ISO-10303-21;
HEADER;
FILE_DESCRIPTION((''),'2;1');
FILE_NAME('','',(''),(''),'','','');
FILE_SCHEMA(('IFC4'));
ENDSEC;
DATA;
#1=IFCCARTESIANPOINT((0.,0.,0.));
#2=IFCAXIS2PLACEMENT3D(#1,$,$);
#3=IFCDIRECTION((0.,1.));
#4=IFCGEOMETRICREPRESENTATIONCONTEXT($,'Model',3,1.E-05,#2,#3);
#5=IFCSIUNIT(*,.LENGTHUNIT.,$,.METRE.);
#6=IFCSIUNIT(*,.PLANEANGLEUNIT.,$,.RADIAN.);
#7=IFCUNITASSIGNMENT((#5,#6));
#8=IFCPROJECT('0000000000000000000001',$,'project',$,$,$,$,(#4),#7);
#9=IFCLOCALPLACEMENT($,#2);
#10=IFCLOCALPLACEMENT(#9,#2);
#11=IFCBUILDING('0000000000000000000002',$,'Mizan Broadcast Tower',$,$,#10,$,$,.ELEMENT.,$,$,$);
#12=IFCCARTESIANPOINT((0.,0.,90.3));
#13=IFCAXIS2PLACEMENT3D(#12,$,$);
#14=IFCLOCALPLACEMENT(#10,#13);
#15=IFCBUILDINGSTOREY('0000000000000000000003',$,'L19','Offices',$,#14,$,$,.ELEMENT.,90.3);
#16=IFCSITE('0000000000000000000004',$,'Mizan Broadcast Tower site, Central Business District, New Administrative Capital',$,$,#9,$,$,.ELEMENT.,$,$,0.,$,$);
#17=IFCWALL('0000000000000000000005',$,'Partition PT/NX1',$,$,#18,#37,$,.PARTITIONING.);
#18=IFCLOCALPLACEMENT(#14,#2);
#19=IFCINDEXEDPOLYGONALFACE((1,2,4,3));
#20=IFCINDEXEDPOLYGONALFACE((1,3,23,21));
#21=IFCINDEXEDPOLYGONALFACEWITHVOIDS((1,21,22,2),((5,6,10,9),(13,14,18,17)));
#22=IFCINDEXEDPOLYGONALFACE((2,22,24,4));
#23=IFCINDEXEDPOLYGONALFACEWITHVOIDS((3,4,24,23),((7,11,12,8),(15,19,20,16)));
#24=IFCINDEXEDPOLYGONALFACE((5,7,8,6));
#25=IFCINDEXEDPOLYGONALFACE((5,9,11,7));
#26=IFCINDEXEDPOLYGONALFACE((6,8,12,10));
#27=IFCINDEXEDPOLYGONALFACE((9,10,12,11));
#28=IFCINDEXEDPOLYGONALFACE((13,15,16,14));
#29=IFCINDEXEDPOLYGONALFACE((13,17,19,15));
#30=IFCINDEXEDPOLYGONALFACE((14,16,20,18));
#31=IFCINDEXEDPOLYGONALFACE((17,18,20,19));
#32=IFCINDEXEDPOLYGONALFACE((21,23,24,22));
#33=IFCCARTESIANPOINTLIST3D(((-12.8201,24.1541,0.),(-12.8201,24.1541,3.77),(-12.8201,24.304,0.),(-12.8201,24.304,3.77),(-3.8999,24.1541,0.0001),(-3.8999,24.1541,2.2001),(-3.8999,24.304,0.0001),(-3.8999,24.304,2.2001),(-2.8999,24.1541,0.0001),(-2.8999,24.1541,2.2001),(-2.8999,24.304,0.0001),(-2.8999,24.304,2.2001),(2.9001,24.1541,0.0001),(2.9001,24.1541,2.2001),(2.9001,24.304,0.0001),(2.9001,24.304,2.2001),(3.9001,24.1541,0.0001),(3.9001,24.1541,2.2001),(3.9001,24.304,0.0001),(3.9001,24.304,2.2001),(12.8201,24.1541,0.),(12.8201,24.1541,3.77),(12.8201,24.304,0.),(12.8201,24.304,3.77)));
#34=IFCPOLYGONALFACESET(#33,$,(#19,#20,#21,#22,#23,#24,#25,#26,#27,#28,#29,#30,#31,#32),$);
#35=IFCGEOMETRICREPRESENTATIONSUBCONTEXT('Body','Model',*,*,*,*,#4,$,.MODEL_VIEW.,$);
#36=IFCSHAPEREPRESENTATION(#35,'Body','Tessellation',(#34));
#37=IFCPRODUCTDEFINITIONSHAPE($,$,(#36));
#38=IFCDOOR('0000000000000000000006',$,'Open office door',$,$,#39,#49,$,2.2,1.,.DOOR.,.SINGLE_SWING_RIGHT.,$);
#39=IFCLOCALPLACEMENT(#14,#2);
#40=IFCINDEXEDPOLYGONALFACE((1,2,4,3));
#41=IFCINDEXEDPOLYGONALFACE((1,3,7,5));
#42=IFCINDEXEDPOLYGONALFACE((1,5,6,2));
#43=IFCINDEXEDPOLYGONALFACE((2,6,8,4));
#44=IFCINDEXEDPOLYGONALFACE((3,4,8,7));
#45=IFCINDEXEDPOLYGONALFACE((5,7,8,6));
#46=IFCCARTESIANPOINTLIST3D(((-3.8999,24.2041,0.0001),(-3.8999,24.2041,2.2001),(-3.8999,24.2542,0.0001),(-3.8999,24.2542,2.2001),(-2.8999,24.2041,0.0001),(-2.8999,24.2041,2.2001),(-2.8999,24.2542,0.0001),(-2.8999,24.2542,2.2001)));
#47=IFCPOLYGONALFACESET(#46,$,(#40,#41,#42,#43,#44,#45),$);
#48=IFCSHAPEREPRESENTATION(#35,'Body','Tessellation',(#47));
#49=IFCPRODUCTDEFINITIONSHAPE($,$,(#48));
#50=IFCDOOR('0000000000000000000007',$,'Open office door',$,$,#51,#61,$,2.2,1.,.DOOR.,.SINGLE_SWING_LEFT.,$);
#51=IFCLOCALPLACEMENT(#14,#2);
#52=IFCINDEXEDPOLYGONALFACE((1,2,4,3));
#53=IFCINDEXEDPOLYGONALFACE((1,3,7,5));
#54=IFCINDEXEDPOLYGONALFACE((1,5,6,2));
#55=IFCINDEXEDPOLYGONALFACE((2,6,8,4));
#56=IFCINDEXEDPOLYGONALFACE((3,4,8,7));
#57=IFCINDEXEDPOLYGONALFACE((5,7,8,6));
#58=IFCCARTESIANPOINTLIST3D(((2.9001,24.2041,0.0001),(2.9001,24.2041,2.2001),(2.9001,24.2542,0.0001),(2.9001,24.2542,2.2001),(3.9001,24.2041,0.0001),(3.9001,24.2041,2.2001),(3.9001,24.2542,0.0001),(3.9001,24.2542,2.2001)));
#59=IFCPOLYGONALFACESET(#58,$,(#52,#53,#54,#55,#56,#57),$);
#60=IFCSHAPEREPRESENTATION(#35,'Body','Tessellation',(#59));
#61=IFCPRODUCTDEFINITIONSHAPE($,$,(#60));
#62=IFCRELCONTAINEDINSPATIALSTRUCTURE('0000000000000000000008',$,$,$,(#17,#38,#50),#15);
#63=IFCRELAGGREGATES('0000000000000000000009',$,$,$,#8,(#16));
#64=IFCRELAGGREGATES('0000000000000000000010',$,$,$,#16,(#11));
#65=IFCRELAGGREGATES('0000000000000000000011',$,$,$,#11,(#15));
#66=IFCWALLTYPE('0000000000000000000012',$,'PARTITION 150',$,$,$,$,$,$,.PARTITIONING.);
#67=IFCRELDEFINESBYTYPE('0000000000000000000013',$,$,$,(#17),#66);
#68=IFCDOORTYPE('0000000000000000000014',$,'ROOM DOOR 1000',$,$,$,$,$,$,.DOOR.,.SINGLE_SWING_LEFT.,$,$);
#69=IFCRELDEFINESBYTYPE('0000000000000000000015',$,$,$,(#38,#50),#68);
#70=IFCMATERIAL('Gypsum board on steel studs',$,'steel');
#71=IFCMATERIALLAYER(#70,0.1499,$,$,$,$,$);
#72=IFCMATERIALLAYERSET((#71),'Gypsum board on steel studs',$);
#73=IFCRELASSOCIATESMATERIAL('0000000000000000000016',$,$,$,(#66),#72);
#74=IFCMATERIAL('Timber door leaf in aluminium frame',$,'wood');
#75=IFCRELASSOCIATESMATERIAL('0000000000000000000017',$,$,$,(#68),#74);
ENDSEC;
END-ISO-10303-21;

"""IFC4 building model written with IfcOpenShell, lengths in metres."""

from ifc_helpers import new_model, si_unit, direction, frame, frame_2d, origin, place, context, subcontext, project, spatial, rectangle, extrude, material, layer, layer_set, type_object, element, fill, save


model = new_model("IFC4")

# Units and contexts
model_context = context("Model", 3, precision=1e-05, world=origin(), true_north=direction((0.0, 1.0)))
body_context = subcontext(model_context, "Body", "Model", "MODEL_VIEW")
ifc_project = project(units=[si_unit("LENGTHUNIT", "METRE"), si_unit("PLANEANGLEUNIT", "RADIAN")], contexts=[model_context])

# Site, building, storey
site_placement = place(None, origin())
site = spatial("IfcSite", under=ifc_project, at=site_placement, Name="Mizan Broadcast Tower site, Central Business District, New Administrative Capital", CompositionType="ELEMENT", RefElevation=0.0)
building_placement = place(site_placement, origin())
building = spatial("IfcBuilding", under=site, at=building_placement, Name="Mizan Broadcast Tower", CompositionType="ELEMENT")
storey_placement = place(building_placement, frame((0.0, 0.0, 90.3)))
storey = spatial("IfcBuildingStorey", under=building, at=storey_placement, Name="L19", Description="Offices", CompositionType="ELEMENT", Elevation=90.3)

# Wall, openings, doors
ifc_material_1 = material(Name="Gypsum board on steel studs", Category="steel")
ifc_layer_1 = layer(ifc_material_1, 0.1499)
ifc_layer_set_1 = layer_set([ifc_layer_1], Name="Gypsum board on steel studs")
wall_type_1 = type_object("IfcWallType", Name="PARTITION 150", PredefinedType="PARTITIONING", material=ifc_layer_set_1)
wall_1_placement = place(storey_placement, frame((12.8201, 24.229, 0.0), z_axis=(0.0, 0.0, 1.0), x_axis=(-1.0, 0.0, 0.0)))
wall_1 = element("IfcWall", 1, at=wall_1_placement, inside=storey, type_object=wall_type_1, Name="Partition PT/NX1", PredefinedType="PARTITIONING", context=body_context, shape_type="SweptSolid", body=[
    extrude(rectangle(XDim=25.6401, YDim=0.1499, at=frame_2d((12.8201, 0.0))), origin(), (0.0, 0.0, 1.0), 3.77),
])
opening_1_placement = place(wall_1_placement, frame((15.72, 0.0, 0.0)))
opening_1 = element("IfcOpeningElement", 2, at=opening_1_placement, cuts=wall_1, PredefinedType="OPENING", context=body_context, shape_type="SweptSolid", body=[
    extrude(rectangle(XDim=1.0, YDim=2.2, at=frame_2d((0.5, 1.1001))), frame((0.0, 0.085, 0.0), z_axis=(0.0, -1.0, 0.0), x_axis=(1.0, 0.0, 0.0)), (0.0, 0.0, 1.0), 0.1699),
])
opening_2_placement = place(wall_1_placement, frame((8.9199, 0.0, 0.0)))
opening_2 = element("IfcOpeningElement", 3, at=opening_2_placement, cuts=wall_1, PredefinedType="OPENING", context=body_context, shape_type="SweptSolid", body=[
    extrude(rectangle(XDim=1.0, YDim=2.2, at=frame_2d((0.5, 1.1001))), frame((0.0, 0.085, 0.0), z_axis=(0.0, -1.0, 0.0), x_axis=(1.0, 0.0, 0.0)), (0.0, 0.0, 1.0), 0.1699),
])
ifc_material_2 = material(Name="Timber door leaf in aluminium frame", Category="wood")
door_type = type_object("IfcDoorType", Name="ROOM DOOR 1000", OperationType="SINGLE_SWING_LEFT", PredefinedType="DOOR", material=ifc_material_2)
door_1_placement = place(opening_1_placement, origin())
door_1 = element("IfcDoor", 4, at=door_1_placement, inside=storey, type_object=door_type, Name="Open office door", OperationType="SINGLE_SWING_RIGHT", OverallHeight=2.2, OverallWidth=1.0, PredefinedType="DOOR", context=body_context, shape_type="SweptSolid", body=[
    extrude(rectangle(XDim=1.0, YDim=2.2, at=frame_2d((0.5, 1.1001))), frame((0.0, 0.0249, 0.0), z_axis=(0.0, -1.0, 0.0), x_axis=(1.0, 0.0, 0.0)), (0.0, 0.0, 1.0), 0.05),
])
fill(opening_1, door_1)
door_2_placement = place(opening_2_placement, origin())
door_2 = element("IfcDoor", 5, at=door_2_placement, inside=storey, type_object=door_type, Name="Open office door", OperationType="SINGLE_SWING_LEFT", OverallHeight=2.2, OverallWidth=1.0, PredefinedType="DOOR", context=body_context, shape_type="SweptSolid", body=[
    extrude(rectangle(XDim=1.0, YDim=2.2, at=frame_2d((0.5, 1.1001))), frame((0.0, 0.0249, 0.0), z_axis=(0.0, -1.0, 0.0), x_axis=(1.0, 0.0, 0.0)), (0.0, 0.0, 1.0), 0.05),
])
fill(opening_2, door_2)

save(model, "model.ifc")
